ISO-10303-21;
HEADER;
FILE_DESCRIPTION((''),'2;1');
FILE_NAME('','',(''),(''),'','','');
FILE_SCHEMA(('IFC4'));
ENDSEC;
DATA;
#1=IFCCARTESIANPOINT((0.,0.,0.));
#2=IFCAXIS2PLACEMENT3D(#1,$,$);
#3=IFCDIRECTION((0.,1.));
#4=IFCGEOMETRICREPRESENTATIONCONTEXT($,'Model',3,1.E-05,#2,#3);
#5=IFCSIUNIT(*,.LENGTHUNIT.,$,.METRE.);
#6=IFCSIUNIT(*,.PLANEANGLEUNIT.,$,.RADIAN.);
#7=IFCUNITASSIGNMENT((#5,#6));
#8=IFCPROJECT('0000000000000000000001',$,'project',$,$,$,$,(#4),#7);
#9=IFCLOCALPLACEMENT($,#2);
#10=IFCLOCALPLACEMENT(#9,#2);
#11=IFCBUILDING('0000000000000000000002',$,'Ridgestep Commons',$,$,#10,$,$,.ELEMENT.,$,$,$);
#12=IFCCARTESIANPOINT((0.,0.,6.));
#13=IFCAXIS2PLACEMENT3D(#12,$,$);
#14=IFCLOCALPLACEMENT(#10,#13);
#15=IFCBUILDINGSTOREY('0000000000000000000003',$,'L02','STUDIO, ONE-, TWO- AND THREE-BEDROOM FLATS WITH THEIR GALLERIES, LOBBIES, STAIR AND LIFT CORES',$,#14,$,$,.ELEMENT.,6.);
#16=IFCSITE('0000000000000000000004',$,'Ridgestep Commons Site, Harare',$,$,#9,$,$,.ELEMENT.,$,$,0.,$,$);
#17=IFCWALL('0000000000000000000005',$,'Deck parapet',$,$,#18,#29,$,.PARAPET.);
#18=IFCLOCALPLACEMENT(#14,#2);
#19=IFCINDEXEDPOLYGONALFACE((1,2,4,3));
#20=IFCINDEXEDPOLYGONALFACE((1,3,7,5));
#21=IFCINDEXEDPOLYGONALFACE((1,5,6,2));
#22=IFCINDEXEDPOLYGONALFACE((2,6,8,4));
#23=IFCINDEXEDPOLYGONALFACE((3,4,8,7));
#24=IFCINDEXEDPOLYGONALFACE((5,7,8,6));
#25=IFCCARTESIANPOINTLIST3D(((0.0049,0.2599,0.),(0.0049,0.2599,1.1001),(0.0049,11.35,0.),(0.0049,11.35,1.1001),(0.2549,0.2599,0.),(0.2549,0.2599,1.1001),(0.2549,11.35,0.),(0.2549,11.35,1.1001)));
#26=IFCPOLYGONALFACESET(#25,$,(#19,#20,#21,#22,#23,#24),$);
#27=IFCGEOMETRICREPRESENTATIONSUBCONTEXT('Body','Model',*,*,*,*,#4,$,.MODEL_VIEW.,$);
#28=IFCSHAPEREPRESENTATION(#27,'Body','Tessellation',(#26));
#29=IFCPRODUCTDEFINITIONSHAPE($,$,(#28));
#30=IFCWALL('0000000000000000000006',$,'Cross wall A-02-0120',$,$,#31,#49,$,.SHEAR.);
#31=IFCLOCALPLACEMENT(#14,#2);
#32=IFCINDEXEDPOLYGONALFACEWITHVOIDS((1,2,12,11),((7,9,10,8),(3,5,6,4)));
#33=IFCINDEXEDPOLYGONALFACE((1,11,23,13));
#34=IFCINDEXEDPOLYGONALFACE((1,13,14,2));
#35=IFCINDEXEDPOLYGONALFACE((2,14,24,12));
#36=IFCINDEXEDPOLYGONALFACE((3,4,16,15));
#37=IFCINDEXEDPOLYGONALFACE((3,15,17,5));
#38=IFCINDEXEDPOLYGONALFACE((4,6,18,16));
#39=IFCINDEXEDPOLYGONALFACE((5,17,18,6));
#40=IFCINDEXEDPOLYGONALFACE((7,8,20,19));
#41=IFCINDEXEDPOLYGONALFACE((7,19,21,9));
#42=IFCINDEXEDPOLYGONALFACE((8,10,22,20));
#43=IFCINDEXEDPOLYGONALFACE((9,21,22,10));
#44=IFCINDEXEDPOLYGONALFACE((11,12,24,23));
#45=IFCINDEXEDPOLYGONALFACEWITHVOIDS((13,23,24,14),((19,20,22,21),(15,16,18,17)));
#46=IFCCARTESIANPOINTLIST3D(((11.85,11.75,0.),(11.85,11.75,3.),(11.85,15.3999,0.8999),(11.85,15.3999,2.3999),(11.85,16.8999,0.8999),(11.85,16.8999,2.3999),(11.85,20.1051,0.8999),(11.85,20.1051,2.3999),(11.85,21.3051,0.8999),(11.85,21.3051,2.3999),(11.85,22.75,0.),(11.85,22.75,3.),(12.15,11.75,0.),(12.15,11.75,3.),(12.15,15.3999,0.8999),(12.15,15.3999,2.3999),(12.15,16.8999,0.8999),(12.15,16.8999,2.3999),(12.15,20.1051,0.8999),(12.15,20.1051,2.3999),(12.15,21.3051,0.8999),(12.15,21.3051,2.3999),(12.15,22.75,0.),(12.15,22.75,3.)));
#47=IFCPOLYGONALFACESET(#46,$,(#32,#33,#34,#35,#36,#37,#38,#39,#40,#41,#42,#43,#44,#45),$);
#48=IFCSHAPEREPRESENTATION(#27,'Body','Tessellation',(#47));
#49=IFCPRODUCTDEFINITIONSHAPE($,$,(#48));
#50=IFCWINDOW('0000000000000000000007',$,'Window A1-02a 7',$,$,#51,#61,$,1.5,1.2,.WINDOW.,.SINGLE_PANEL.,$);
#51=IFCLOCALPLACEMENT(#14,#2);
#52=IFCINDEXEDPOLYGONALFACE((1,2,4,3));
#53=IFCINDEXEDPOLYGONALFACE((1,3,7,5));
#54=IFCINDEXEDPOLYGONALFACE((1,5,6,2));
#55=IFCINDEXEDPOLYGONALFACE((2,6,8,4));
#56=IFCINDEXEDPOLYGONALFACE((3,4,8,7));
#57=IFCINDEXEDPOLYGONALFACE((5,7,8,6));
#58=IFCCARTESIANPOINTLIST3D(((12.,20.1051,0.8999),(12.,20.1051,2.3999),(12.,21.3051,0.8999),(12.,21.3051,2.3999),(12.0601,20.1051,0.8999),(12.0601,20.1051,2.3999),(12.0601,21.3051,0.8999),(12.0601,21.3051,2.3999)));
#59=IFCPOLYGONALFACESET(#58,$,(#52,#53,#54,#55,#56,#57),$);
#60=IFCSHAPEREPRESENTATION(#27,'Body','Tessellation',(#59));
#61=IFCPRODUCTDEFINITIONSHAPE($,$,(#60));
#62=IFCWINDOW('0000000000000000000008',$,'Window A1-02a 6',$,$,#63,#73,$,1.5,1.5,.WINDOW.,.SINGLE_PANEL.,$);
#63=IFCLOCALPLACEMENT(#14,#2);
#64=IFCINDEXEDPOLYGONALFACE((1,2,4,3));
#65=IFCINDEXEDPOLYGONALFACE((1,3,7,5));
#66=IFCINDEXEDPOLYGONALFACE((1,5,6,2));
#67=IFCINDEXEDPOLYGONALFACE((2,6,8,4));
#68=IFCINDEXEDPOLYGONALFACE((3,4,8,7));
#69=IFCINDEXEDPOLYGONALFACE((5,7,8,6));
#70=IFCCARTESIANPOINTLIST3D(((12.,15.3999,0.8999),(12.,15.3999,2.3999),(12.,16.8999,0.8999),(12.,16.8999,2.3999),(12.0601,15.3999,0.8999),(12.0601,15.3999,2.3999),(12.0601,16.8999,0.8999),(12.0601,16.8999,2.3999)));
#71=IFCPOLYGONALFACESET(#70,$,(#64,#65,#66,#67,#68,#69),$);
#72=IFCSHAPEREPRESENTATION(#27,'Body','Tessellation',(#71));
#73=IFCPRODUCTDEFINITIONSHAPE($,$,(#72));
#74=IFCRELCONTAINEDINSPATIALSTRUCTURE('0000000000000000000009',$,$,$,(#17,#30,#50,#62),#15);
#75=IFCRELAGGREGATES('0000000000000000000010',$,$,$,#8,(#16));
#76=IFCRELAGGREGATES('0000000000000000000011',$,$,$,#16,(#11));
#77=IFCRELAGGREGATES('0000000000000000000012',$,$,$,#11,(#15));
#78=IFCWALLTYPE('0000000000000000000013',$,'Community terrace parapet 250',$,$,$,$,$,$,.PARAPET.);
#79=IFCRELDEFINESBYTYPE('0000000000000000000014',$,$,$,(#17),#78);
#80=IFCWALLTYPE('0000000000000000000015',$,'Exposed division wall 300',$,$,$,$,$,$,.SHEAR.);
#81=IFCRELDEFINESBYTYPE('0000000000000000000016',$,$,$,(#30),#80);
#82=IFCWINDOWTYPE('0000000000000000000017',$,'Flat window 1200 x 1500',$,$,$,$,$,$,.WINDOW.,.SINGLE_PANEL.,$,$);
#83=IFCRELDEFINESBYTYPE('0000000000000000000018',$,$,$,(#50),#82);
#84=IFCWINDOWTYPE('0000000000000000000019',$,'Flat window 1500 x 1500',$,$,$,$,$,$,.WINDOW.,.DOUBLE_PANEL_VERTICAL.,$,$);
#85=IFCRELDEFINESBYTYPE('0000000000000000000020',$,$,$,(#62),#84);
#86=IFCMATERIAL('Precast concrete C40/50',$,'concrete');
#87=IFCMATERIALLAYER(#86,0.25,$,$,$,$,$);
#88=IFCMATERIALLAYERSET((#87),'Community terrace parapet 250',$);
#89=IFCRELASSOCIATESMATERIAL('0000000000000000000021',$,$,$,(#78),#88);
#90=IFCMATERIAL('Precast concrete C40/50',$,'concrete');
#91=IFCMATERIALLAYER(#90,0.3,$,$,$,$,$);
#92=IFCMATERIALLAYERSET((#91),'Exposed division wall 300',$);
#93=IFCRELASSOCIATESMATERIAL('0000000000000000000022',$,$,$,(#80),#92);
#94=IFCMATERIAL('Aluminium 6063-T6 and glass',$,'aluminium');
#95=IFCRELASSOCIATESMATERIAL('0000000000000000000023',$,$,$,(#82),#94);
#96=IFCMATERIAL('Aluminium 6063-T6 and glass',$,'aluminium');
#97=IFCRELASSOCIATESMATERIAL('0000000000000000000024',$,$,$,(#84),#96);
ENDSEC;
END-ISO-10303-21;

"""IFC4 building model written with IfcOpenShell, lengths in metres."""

from ifc_helpers import new_model, si_unit, direction, frame, frame_2d, origin, place, context, subcontext, project, spatial, rectangle, extrude, material, layer, layer_set, type_object, element, fill, save


model = new_model("IFC4")

# Units and contexts
model_context = context("Model", 3, precision=1e-05, world=origin(), true_north=direction((0.0, 1.0)))
body_context = subcontext(model_context, "Body", "Model", "MODEL_VIEW")
ifc_project = project(units=[si_unit("LENGTHUNIT", "METRE"), si_unit("PLANEANGLEUNIT", "RADIAN")], contexts=[model_context])

# Site, building, storey
site_placement = place(None, origin())
site = spatial("IfcSite", under=ifc_project, at=site_placement, Name="Ridgestep Commons Site, Harare", CompositionType="ELEMENT", RefElevation=0.0)
building_placement = place(site_placement, origin())
building = spatial("IfcBuilding", under=site, at=building_placement, Name="Ridgestep Commons", CompositionType="ELEMENT")
storey_placement = place(building_placement, frame((0.0, 0.0, 6.0)))
storey = spatial("IfcBuildingStorey", under=building, at=storey_placement, Name="L02", Description="STUDIO, ONE-, TWO- AND THREE-BEDROOM FLATS WITH THEIR GALLERIES, LOBBIES, STAIR AND LIFT CORES", CompositionType="ELEMENT", Elevation=6.0)

# Wall
ifc_material_1 = material(Name="Precast concrete C40/50", Category="concrete")
ifc_layer_1 = layer(ifc_material_1, 0.25)
ifc_layer_set_1 = layer_set([ifc_layer_1], Name="Community terrace parapet 250")
wall_type_1 = type_object("IfcWallType", Name="Community terrace parapet 250", PredefinedType="PARAPET", material=ifc_layer_set_1)
wall_1_placement = place(storey_placement, frame((0.1299, 0.26, 0.0), z_axis=(0.0, 0.0, 1.0), x_axis=(0.0, 1.0, 0.0)))
element("IfcWall", 1, at=wall_1_placement, inside=storey, type_object=wall_type_1, Name="Deck parapet", PredefinedType="PARAPET", context=body_context, shape_type="SweptSolid", body=[
    extrude(rectangle(XDim=11.0901, YDim=0.25, at=frame_2d((5.5449, 0.0))), origin(), (0.0, 0.0, 1.0), 1.1001),
])

# Wall, openings, windows
ifc_material_2 = material(Name="Precast concrete C40/50", Category="concrete")
ifc_layer_2 = layer(ifc_material_2, 0.3)
ifc_layer_set_2 = layer_set([ifc_layer_2], Name="Exposed division wall 300")
wall_type_2 = type_object("IfcWallType", Name="Exposed division wall 300", PredefinedType="SHEAR", material=ifc_layer_set_2)
wall_2_placement = place(storey_placement, frame((12.0, 11.75, 0.0), z_axis=(0.0, 0.0, 1.0), x_axis=(0.0, 1.0, 0.0)))
wall_2 = element("IfcWall", 2, at=wall_2_placement, inside=storey, type_object=wall_type_2, Name="Cross wall A-02-0120", PredefinedType="SHEAR", context=body_context, shape_type="SweptSolid", body=[
    extrude(rectangle(XDim=11.0, YDim=0.3, at=frame_2d((5.5, 0.0))), origin(), (0.0, 0.0, 1.0), 3.0),
])
opening_1_placement = place(wall_2_placement, frame((3.6499, 0.0, 0.8999)))
opening_1 = element("IfcOpeningElement", 3, at=opening_1_placement, cuts=wall_2, PredefinedType="OPENING", context=body_context, shape_type="SweptSolid", body=[
    extrude(rectangle(XDim=1.5, YDim=1.5, at=frame_2d((0.75, 0.75))), frame((0.0, 0.1599, 0.0), z_axis=(0.0, -1.0, 0.0), x_axis=(1.0, 0.0, 0.0)), (0.0, 0.0, 1.0), 0.3201),
])
opening_2_placement = place(wall_2_placement, frame((8.355, 0.0, 0.8999)))
opening_2 = element("IfcOpeningElement", 4, at=opening_2_placement, cuts=wall_2, PredefinedType="OPENING", context=body_context, shape_type="SweptSolid", body=[
    extrude(rectangle(XDim=1.2, YDim=1.5, at=frame_2d((0.6001, 0.75))), frame((0.0, 0.1599, 0.0), z_axis=(0.0, -1.0, 0.0), x_axis=(1.0, 0.0, 0.0)), (0.0, 0.0, 1.0), 0.3201),
])
ifc_material_3 = material(Name="Aluminium 6063-T6 and glass", Category="aluminium")
window_type_1 = type_object("IfcWindowType", Name="Flat window 1200 x 1500", PartitioningType="SINGLE_PANEL", PredefinedType="WINDOW", material=ifc_material_3)
window_1_placement = place(opening_2_placement, origin())
window_1 = element("IfcWindow", 5, at=window_1_placement, inside=storey, type_object=window_type_1, Name="Window A1-02a 7", OverallHeight=1.5, OverallWidth=1.2, PartitioningType="SINGLE_PANEL", PredefinedType="WINDOW", context=body_context, shape_type="SweptSolid", body=[
    extrude(rectangle(XDim=1.2, YDim=1.5, at=frame_2d((0.6001, 0.75))), frame((0.0, 0.0, 0.0), z_axis=(0.0, -1.0, 0.0), x_axis=(1.0, 0.0, 0.0)), (0.0, 0.0, 1.0), 0.0601),
])
fill(opening_2, window_1)
ifc_material_4 = material(Name="Aluminium 6063-T6 and glass", Category="aluminium")
window_type_2 = type_object("IfcWindowType", Name="Flat window 1500 x 1500", PartitioningType="DOUBLE_PANEL_VERTICAL", PredefinedType="WINDOW", material=ifc_material_4)
window_2_placement = place(opening_1_placement, origin())
window_2 = element("IfcWindow", 6, at=window_2_placement, inside=storey, type_object=window_type_2, Name="Window A1-02a 6", OverallHeight=1.5, OverallWidth=1.5, PartitioningType="SINGLE_PANEL", PredefinedType="WINDOW", context=body_context, shape_type="SweptSolid", body=[
    extrude(rectangle(XDim=1.5, YDim=1.5, at=frame_2d((0.75, 0.75))), frame((0.0, 0.0, 0.0), z_axis=(0.0, -1.0, 0.0), x_axis=(1.0, 0.0, 0.0)), (0.0, 0.0, 1.0), 0.0601),
])
fill(opening_1, window_2)

save(model, "model.ifc")
